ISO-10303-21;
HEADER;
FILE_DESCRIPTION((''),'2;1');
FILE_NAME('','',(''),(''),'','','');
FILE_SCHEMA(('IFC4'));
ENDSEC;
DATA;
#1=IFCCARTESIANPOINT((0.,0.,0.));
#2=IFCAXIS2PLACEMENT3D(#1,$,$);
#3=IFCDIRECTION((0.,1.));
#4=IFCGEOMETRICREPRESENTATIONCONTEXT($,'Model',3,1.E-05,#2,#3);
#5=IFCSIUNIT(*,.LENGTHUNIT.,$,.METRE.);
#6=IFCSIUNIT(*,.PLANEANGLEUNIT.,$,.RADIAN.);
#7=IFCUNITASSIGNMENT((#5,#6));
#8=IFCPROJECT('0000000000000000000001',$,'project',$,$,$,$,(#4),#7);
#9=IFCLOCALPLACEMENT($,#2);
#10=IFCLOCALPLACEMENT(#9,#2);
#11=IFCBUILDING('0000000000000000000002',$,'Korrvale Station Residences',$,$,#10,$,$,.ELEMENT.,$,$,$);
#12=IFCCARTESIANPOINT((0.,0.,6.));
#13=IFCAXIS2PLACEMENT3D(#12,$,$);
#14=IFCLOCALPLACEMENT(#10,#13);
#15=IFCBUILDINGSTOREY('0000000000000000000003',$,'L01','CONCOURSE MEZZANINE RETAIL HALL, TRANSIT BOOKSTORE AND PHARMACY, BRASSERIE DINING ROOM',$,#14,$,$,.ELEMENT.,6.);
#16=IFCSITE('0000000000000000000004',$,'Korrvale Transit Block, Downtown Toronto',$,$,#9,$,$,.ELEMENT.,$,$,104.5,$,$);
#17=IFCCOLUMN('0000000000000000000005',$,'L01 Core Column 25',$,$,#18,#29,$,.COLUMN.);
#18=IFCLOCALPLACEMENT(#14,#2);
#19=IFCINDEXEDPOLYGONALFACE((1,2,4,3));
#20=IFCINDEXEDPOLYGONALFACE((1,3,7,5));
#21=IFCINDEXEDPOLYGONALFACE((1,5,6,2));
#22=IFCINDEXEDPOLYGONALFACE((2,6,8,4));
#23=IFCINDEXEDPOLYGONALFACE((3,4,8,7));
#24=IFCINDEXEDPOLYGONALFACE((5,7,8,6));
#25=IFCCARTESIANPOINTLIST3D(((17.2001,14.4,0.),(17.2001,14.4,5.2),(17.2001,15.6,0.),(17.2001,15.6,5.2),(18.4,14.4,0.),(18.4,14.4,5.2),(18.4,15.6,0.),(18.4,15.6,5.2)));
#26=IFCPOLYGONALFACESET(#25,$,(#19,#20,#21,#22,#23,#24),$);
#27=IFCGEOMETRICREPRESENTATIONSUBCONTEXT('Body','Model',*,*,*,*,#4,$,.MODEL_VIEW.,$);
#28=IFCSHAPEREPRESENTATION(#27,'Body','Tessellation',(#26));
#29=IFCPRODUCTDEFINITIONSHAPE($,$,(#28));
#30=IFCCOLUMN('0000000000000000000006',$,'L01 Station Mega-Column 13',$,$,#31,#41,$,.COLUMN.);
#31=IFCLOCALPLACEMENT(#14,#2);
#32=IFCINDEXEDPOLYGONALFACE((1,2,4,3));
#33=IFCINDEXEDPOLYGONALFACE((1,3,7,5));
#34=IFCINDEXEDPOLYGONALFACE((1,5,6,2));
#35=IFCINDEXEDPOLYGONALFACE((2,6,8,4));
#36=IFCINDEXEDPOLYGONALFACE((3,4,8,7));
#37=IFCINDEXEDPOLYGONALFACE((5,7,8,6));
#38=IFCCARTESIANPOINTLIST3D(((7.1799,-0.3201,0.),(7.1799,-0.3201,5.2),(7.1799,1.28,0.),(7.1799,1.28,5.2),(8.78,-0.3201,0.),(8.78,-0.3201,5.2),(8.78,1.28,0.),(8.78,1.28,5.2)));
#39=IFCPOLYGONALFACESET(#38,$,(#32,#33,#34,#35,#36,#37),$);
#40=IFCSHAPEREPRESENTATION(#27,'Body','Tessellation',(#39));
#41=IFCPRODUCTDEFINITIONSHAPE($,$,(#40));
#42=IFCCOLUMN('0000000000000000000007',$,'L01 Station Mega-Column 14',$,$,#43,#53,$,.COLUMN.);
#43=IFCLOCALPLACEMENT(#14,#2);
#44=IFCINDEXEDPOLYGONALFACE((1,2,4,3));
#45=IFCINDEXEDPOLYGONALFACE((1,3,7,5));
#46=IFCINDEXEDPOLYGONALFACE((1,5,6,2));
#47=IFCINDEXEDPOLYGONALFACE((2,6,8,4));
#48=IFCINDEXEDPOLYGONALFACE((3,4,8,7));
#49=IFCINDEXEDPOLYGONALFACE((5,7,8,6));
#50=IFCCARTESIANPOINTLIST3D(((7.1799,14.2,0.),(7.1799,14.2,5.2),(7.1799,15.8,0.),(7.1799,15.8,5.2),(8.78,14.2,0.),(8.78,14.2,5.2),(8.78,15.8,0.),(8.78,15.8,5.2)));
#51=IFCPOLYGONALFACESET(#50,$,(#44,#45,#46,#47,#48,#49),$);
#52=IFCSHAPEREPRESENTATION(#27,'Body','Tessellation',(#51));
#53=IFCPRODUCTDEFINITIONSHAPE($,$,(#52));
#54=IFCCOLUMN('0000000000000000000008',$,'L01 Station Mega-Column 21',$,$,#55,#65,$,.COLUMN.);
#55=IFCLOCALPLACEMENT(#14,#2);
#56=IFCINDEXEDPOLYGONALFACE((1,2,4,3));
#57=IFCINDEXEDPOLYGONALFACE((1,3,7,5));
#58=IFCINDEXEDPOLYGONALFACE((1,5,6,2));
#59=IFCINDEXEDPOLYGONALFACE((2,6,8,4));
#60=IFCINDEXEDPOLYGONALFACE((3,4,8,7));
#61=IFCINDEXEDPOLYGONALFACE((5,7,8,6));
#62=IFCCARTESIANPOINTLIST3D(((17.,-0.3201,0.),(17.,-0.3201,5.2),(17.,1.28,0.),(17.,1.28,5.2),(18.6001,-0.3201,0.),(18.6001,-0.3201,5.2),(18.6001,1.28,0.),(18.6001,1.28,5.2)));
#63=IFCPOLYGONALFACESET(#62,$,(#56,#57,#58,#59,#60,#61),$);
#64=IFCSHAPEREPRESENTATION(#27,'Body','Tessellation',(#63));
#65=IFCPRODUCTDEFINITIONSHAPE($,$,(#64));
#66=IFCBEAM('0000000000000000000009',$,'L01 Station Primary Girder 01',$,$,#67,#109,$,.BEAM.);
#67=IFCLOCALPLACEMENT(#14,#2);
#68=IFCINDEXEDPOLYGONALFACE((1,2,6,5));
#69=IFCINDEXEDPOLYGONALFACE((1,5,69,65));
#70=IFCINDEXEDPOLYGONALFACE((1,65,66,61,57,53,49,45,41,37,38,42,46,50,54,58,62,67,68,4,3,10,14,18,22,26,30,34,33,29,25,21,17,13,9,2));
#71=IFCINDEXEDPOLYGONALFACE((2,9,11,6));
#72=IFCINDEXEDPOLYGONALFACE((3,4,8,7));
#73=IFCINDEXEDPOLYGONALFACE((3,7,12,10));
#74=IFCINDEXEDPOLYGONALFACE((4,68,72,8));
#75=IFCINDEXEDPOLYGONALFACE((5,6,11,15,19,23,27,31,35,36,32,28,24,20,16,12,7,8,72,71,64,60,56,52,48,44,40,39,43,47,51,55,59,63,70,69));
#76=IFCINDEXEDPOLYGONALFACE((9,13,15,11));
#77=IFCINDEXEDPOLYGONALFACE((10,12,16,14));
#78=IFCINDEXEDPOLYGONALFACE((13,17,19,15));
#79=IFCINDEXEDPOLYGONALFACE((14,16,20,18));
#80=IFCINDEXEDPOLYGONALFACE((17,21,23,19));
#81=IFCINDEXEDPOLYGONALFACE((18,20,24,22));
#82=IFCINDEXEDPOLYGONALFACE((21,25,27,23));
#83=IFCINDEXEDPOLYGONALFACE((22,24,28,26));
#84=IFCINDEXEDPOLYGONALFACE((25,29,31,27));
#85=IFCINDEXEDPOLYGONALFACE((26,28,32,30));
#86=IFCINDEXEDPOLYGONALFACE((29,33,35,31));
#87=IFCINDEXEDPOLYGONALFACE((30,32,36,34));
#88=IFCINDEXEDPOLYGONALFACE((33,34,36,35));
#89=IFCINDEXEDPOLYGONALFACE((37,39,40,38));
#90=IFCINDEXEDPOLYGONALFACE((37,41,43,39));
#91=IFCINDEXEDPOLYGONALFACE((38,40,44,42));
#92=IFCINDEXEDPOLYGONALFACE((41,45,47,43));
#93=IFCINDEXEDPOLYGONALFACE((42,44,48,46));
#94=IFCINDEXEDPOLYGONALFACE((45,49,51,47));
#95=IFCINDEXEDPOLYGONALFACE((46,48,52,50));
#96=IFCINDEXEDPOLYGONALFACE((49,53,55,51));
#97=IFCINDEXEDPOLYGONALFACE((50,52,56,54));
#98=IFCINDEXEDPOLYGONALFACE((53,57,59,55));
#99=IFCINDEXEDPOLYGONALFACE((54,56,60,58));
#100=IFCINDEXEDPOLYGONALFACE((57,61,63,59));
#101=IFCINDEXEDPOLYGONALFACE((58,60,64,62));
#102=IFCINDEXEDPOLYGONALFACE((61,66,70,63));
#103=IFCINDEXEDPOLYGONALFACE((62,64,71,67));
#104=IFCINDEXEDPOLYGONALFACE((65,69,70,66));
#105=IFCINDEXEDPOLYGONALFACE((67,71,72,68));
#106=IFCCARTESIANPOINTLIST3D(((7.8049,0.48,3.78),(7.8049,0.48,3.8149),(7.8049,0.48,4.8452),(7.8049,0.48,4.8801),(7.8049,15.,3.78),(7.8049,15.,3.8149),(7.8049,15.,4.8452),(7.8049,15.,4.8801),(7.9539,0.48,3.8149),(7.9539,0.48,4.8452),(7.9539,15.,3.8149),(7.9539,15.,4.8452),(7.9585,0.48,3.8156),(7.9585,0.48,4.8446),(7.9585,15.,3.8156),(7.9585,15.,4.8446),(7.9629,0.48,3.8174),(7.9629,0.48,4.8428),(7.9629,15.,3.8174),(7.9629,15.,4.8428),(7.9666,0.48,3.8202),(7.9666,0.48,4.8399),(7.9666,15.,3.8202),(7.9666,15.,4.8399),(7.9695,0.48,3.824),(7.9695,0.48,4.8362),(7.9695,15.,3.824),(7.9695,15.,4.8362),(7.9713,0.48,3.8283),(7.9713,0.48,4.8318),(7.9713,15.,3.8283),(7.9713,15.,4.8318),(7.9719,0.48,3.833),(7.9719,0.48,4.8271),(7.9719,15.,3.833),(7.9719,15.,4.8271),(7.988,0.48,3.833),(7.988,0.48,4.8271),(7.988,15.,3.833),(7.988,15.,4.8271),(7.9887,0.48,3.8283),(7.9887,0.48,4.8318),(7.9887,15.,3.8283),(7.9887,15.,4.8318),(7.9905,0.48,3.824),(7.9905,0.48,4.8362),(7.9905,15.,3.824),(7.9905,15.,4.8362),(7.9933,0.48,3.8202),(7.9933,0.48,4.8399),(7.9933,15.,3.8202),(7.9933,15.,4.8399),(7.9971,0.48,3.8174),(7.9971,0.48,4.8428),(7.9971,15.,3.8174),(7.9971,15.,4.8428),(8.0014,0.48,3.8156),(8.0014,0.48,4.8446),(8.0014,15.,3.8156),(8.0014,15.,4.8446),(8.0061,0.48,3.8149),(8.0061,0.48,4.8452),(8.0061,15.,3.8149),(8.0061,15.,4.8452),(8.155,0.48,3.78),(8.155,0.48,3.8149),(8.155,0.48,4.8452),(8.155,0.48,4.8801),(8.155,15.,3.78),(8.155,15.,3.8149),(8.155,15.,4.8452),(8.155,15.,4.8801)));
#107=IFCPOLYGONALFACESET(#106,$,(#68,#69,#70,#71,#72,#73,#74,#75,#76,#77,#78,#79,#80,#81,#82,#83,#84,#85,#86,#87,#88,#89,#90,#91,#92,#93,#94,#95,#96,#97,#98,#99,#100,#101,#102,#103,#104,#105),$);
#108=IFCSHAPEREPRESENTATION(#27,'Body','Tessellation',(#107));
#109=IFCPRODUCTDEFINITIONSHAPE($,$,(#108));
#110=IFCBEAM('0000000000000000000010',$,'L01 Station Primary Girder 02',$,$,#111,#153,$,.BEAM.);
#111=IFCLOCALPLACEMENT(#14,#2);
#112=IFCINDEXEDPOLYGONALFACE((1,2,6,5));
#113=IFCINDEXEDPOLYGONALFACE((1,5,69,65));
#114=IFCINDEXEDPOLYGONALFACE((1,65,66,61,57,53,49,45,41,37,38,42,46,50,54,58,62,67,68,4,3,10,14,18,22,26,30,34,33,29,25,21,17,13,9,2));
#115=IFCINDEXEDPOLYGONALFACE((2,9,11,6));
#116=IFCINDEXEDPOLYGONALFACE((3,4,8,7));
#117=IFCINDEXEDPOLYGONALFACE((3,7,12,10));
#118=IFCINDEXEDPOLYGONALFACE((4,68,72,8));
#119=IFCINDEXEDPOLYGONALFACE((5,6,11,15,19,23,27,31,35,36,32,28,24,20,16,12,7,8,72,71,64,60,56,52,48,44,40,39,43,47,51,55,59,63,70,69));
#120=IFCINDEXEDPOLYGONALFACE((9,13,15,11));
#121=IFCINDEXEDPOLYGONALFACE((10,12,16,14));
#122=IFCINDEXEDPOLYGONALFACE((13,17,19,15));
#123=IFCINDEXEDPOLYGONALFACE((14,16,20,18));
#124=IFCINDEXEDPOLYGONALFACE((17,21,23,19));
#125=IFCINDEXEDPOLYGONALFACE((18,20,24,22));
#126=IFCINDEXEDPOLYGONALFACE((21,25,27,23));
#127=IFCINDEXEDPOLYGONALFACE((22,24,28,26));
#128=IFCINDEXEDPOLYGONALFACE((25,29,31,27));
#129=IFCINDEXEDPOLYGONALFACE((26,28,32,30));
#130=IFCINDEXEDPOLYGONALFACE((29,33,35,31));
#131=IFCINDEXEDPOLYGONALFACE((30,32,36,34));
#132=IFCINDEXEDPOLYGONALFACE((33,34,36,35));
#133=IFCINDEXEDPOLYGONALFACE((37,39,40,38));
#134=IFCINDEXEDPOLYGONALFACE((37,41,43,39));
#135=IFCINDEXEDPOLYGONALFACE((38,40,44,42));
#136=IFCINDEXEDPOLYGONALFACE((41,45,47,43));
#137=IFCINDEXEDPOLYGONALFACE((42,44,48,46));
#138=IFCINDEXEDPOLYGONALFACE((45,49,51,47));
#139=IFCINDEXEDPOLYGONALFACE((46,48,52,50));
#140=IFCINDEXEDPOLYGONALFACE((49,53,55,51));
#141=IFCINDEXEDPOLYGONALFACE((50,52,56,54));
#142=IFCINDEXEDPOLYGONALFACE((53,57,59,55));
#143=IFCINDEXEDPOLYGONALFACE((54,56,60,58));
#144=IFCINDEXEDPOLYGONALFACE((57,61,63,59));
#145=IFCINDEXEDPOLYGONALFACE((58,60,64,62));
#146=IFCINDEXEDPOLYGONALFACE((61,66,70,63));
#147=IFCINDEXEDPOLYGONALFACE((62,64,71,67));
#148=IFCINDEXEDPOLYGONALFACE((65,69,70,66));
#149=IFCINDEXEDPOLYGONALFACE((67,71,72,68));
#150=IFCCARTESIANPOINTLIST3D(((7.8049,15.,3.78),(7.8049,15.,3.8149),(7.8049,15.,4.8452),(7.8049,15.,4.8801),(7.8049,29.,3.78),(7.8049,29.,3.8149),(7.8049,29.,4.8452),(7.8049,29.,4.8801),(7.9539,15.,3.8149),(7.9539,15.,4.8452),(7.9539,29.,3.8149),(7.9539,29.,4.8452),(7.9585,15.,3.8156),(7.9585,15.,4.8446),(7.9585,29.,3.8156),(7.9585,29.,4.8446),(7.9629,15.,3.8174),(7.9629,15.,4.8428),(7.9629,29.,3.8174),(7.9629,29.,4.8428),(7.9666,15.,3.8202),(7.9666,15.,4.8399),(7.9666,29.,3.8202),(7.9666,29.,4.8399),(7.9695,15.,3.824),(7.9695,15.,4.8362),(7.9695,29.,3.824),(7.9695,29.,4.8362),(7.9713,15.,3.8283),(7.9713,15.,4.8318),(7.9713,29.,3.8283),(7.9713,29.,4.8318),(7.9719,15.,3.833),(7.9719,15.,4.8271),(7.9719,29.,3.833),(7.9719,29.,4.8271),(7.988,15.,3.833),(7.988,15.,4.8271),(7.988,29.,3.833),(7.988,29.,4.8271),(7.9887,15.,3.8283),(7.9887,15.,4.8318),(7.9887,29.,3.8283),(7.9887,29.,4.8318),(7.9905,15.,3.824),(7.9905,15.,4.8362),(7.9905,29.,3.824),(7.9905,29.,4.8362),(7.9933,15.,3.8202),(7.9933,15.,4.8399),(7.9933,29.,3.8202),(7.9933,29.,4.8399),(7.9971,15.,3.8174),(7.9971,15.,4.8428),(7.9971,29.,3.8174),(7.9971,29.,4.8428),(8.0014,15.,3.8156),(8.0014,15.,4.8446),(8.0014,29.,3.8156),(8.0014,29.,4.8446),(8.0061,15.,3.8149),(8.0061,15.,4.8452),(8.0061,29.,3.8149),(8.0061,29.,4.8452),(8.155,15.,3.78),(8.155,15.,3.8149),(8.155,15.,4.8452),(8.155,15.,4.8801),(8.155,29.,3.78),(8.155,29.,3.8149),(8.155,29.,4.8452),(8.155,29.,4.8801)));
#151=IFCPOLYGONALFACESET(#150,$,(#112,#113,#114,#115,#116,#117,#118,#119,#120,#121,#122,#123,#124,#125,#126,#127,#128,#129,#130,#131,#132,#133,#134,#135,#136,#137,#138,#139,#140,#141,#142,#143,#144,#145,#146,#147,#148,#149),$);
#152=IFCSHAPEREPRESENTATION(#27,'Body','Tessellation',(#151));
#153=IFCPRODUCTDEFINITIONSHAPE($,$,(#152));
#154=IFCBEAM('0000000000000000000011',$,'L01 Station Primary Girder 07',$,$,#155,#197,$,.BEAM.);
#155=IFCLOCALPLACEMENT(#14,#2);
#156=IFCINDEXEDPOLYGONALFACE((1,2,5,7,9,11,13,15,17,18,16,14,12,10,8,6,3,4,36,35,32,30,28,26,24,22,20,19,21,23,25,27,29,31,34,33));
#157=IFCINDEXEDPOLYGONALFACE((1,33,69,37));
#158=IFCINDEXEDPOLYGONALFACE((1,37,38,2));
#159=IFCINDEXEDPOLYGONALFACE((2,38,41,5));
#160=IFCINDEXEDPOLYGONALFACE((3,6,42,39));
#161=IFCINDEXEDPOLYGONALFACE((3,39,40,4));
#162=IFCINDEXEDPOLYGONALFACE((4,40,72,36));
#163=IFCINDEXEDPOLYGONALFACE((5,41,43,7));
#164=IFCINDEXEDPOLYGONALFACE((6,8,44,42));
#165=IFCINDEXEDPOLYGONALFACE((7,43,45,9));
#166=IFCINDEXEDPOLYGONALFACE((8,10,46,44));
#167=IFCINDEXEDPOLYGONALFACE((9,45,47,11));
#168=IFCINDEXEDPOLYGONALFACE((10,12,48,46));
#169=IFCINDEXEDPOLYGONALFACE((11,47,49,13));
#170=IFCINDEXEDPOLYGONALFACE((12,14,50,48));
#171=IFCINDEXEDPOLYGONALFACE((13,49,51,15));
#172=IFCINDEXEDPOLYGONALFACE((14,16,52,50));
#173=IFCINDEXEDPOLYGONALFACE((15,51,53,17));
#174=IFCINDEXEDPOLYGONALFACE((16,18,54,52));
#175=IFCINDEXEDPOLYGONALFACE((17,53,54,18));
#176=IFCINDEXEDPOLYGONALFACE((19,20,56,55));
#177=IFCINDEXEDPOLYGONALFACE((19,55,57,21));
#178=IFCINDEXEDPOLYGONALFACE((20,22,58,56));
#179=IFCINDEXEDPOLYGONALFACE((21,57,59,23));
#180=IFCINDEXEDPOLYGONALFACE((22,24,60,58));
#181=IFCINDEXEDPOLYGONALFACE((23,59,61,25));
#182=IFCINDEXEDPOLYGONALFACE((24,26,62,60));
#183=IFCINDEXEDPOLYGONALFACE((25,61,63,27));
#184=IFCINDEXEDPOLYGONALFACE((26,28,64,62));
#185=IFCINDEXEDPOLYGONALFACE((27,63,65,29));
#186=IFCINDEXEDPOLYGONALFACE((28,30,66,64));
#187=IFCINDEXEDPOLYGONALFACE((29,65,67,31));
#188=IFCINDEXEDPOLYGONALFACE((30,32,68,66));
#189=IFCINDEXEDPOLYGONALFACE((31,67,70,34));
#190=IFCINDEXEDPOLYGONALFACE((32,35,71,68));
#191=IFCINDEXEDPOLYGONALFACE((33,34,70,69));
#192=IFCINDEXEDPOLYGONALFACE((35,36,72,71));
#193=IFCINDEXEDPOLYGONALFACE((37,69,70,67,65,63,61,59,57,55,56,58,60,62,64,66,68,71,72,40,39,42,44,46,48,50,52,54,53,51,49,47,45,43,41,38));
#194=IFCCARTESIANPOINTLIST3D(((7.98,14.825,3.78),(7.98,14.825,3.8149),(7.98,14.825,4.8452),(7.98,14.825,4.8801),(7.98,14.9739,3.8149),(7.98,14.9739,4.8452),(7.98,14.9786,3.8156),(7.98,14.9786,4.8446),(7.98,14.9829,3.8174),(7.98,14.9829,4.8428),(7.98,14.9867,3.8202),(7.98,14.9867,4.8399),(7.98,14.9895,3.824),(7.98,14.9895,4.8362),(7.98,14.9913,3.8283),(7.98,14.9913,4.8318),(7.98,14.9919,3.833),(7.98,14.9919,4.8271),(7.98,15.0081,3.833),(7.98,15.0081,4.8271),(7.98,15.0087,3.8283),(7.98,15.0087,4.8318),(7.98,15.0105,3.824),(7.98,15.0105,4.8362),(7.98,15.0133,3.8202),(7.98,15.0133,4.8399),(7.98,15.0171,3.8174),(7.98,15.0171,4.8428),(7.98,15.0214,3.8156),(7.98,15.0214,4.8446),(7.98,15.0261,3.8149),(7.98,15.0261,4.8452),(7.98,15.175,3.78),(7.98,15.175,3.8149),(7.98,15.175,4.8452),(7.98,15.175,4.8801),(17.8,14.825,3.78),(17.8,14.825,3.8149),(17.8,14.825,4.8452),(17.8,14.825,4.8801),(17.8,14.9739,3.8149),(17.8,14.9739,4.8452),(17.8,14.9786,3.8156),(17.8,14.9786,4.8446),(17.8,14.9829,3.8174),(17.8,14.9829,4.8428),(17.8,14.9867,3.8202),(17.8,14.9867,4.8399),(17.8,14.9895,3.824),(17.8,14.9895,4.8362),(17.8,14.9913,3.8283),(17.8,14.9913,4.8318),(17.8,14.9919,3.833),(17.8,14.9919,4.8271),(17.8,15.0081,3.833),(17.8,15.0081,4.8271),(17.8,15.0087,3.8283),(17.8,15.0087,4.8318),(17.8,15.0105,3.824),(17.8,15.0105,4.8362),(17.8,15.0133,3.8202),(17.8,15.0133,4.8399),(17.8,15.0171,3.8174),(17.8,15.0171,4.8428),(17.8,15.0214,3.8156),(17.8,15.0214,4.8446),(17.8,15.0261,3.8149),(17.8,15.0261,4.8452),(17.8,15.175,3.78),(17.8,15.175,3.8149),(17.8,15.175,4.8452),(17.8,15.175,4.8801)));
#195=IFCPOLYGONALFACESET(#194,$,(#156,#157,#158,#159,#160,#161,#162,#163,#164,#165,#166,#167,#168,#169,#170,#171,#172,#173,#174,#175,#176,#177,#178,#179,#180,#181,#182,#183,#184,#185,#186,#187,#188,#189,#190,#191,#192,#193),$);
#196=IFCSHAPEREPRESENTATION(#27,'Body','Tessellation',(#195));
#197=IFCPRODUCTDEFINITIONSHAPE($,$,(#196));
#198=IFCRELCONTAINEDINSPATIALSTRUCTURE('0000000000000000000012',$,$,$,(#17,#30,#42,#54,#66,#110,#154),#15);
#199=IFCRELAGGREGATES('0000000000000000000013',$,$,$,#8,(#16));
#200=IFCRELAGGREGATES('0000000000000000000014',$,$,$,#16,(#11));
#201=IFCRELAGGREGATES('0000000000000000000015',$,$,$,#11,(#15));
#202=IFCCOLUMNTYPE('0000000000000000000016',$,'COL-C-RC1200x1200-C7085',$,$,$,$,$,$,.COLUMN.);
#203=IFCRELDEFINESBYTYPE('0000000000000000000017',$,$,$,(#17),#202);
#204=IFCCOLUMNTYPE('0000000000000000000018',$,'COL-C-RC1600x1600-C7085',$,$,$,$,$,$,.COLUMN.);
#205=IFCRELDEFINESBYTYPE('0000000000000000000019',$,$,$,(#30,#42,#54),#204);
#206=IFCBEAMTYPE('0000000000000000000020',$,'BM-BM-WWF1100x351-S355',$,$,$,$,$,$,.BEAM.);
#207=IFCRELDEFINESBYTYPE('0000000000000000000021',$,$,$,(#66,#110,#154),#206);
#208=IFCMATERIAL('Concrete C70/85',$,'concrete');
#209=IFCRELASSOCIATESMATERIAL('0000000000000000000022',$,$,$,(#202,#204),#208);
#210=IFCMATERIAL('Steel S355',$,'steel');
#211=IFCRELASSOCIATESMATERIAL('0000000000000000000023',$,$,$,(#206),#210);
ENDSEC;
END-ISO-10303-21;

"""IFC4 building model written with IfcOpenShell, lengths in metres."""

from ifc_helpers import new_model, si_unit, direction, frame, origin, origin_2d, place, context, subcontext, project, spatial, rectangle, i_section, extrude, material, material_profile, profile_set, type_object, element, save


model = new_model("IFC4")

# Units and contexts
model_context = context("Model", 3, precision=1e-05, world=origin(), true_north=direction((0.0, 1.0)))
body_context = subcontext(model_context, "Body", "Model", "MODEL_VIEW")
ifc_project = project(units=[si_unit("LENGTHUNIT", "METRE"), si_unit("PLANEANGLEUNIT", "RADIAN")], contexts=[model_context])

# Site, building, storey
site_placement = place(None, origin())
site = spatial("IfcSite", under=ifc_project, at=site_placement, Name="Korrvale Transit Block, Downtown Toronto", CompositionType="ELEMENT", RefElevation=104.5)
building_placement = place(site_placement, origin())
building = spatial("IfcBuilding", under=site, at=building_placement, Name="Korrvale Station Residences", CompositionType="ELEMENT")
storey_placement = place(building_placement, frame((0.0, 0.0, 6.0)))
storey = spatial("IfcBuildingStorey", under=building, at=storey_placement, Name="L01", Description="CONCOURSE MEZZANINE RETAIL HALL, TRANSIT BOOKSTORE AND PHARMACY, BRASSERIE DINING ROOM", CompositionType="ELEMENT", Elevation=6.0)

# Columns
ifc_material_1 = material(Name="Concrete C70/85", Category="concrete")
ifc_material_profile_1 = material_profile(ifc_material_1, rectangle(XDim=1.2, YDim=1.2, at=origin_2d()), Name="RC1200x1200")
ifc_profile_set_1 = profile_set([ifc_material_profile_1], Name="Concrete C70/85")
column_type_1 = type_object("IfcColumnType", Name="COL-C-RC1200x1200-C7085", PredefinedType="COLUMN", material=ifc_profile_set_1)
column_placement = place(storey_placement, frame((17.8, 15.0, 0.0), z_axis=(0.0, 0.0, 1.0), x_axis=(1.0, 0.0, 0.0)))
element("IfcColumn", 1, at=column_placement, inside=storey, type_object=column_type_1, Name="L01 Core Column 25", PredefinedType="COLUMN", context=body_context, shape_type="SweptSolid", body=[
    extrude(rectangle(XDim=1.2, YDim=1.2, at=origin_2d()), origin(), (0.0, 0.0, 1.0), 5.2),
])
ifc_material_profile_2 = material_profile(ifc_material_1, rectangle(XDim=1.6001, YDim=1.6001, at=origin_2d()), Name="RC1600x1600")
ifc_profile_set_2 = profile_set([ifc_material_profile_2], Name="Concrete C70/85")
column_type_2 = type_object("IfcColumnType", Name="COL-C-RC1600x1600-C7085", PredefinedType="COLUMN", material=ifc_profile_set_2)
for number, where, z_axis, x_axis, name in (
    (2, (7.98, 0.48, 0.0), (0.0, 0.0, 1.0), (1.0, 0.0, 0.0), "L01 Station Mega-Column 13"),
    (3, (7.98, 15.0, 0.0), (0.0, 0.0, 1.0), (1.0, 0.0, 0.0), "L01 Station Mega-Column 14"),
    (4, (17.8, 0.48, 0.0), (0.0, 0.0, 1.0), (1.0, 0.0, 0.0), "L01 Station Mega-Column 21"),
):
    element("IfcColumn", number, at=place(storey_placement, frame(where, z_axis=z_axis, x_axis=x_axis)), inside=storey, type_object=column_type_2, Name=name, PredefinedType="COLUMN", context=body_context, shape_type="SweptSolid", body=[
        extrude(rectangle(XDim=1.6001, YDim=1.6001, at=origin_2d()), origin(), (0.0, 0.0, 1.0), 5.2),
    ])

# Beams
ifc_material_2 = material(Name="Steel S355", Category="steel")
ifc_material_profile_3 = material_profile(ifc_material_2, i_section(OverallWidth=0.3501, OverallDepth=1.1001, WebThickness=0.0161, FlangeThickness=0.0349, FilletRadius=0.0181, at=origin_2d()), Name="WWF1100x351")
ifc_profile_set_3 = profile_set([ifc_material_profile_3], Name="Steel S355")
beam_type_1 = type_object("IfcBeamType", Name="BM-BM-WWF1100x351-S355", PredefinedType="BEAM", material=ifc_profile_set_3)
beam_1_placement = place(storey_placement, frame((7.98, 0.48, 4.3301), z_axis=(0.0, 1.0, 0.0), x_axis=(-1.0, 0.0, 0.0)))
element("IfcBeam", 5, at=beam_1_placement, inside=storey, type_object=beam_type_1, Name="L01 Station Primary Girder 01", PredefinedType="BEAM", context=body_context, shape_type="SweptSolid", body=[
    extrude(i_section(OverallWidth=0.3501, OverallDepth=1.1001, WebThickness=0.0161, FlangeThickness=0.0349, FilletRadius=0.0181, at=origin_2d()), origin(), (0.0, 0.0, 1.0), 14.52),
])
beam_2_placement = place(storey_placement, frame((7.98, 15.0, 4.3301), z_axis=(0.0, 1.0, 0.0), x_axis=(-1.0, 0.0, 0.0)))
element("IfcBeam", 6, at=beam_2_placement, inside=storey, type_object=beam_type_1, Name="L01 Station Primary Girder 02", PredefinedType="BEAM", context=body_context, shape_type="SweptSolid", body=[
    extrude(i_section(OverallWidth=0.3501, OverallDepth=1.1001, WebThickness=0.0161, FlangeThickness=0.0349, FilletRadius=0.0181, at=origin_2d()), origin(), (0.0, 0.0, 1.0), 14.0),
])
beam_3_placement = place(storey_placement, frame((7.98, 15.0, 4.3301), z_axis=(1.0, 0.0, 0.0), x_axis=(0.0, 1.0, 0.0)))
element("IfcBeam", 7, at=beam_3_placement, inside=storey, type_object=beam_type_1, Name="L01 Station Primary Girder 07", PredefinedType="BEAM", context=body_context, shape_type="SweptSolid", body=[
    extrude(i_section(OverallWidth=0.3501, OverallDepth=1.1001, WebThickness=0.0161, FlangeThickness=0.0349, FilletRadius=0.0181, at=origin_2d()), origin(), (0.0, 0.0, 1.0), 9.8201),
])

save(model, "model.ifc")
